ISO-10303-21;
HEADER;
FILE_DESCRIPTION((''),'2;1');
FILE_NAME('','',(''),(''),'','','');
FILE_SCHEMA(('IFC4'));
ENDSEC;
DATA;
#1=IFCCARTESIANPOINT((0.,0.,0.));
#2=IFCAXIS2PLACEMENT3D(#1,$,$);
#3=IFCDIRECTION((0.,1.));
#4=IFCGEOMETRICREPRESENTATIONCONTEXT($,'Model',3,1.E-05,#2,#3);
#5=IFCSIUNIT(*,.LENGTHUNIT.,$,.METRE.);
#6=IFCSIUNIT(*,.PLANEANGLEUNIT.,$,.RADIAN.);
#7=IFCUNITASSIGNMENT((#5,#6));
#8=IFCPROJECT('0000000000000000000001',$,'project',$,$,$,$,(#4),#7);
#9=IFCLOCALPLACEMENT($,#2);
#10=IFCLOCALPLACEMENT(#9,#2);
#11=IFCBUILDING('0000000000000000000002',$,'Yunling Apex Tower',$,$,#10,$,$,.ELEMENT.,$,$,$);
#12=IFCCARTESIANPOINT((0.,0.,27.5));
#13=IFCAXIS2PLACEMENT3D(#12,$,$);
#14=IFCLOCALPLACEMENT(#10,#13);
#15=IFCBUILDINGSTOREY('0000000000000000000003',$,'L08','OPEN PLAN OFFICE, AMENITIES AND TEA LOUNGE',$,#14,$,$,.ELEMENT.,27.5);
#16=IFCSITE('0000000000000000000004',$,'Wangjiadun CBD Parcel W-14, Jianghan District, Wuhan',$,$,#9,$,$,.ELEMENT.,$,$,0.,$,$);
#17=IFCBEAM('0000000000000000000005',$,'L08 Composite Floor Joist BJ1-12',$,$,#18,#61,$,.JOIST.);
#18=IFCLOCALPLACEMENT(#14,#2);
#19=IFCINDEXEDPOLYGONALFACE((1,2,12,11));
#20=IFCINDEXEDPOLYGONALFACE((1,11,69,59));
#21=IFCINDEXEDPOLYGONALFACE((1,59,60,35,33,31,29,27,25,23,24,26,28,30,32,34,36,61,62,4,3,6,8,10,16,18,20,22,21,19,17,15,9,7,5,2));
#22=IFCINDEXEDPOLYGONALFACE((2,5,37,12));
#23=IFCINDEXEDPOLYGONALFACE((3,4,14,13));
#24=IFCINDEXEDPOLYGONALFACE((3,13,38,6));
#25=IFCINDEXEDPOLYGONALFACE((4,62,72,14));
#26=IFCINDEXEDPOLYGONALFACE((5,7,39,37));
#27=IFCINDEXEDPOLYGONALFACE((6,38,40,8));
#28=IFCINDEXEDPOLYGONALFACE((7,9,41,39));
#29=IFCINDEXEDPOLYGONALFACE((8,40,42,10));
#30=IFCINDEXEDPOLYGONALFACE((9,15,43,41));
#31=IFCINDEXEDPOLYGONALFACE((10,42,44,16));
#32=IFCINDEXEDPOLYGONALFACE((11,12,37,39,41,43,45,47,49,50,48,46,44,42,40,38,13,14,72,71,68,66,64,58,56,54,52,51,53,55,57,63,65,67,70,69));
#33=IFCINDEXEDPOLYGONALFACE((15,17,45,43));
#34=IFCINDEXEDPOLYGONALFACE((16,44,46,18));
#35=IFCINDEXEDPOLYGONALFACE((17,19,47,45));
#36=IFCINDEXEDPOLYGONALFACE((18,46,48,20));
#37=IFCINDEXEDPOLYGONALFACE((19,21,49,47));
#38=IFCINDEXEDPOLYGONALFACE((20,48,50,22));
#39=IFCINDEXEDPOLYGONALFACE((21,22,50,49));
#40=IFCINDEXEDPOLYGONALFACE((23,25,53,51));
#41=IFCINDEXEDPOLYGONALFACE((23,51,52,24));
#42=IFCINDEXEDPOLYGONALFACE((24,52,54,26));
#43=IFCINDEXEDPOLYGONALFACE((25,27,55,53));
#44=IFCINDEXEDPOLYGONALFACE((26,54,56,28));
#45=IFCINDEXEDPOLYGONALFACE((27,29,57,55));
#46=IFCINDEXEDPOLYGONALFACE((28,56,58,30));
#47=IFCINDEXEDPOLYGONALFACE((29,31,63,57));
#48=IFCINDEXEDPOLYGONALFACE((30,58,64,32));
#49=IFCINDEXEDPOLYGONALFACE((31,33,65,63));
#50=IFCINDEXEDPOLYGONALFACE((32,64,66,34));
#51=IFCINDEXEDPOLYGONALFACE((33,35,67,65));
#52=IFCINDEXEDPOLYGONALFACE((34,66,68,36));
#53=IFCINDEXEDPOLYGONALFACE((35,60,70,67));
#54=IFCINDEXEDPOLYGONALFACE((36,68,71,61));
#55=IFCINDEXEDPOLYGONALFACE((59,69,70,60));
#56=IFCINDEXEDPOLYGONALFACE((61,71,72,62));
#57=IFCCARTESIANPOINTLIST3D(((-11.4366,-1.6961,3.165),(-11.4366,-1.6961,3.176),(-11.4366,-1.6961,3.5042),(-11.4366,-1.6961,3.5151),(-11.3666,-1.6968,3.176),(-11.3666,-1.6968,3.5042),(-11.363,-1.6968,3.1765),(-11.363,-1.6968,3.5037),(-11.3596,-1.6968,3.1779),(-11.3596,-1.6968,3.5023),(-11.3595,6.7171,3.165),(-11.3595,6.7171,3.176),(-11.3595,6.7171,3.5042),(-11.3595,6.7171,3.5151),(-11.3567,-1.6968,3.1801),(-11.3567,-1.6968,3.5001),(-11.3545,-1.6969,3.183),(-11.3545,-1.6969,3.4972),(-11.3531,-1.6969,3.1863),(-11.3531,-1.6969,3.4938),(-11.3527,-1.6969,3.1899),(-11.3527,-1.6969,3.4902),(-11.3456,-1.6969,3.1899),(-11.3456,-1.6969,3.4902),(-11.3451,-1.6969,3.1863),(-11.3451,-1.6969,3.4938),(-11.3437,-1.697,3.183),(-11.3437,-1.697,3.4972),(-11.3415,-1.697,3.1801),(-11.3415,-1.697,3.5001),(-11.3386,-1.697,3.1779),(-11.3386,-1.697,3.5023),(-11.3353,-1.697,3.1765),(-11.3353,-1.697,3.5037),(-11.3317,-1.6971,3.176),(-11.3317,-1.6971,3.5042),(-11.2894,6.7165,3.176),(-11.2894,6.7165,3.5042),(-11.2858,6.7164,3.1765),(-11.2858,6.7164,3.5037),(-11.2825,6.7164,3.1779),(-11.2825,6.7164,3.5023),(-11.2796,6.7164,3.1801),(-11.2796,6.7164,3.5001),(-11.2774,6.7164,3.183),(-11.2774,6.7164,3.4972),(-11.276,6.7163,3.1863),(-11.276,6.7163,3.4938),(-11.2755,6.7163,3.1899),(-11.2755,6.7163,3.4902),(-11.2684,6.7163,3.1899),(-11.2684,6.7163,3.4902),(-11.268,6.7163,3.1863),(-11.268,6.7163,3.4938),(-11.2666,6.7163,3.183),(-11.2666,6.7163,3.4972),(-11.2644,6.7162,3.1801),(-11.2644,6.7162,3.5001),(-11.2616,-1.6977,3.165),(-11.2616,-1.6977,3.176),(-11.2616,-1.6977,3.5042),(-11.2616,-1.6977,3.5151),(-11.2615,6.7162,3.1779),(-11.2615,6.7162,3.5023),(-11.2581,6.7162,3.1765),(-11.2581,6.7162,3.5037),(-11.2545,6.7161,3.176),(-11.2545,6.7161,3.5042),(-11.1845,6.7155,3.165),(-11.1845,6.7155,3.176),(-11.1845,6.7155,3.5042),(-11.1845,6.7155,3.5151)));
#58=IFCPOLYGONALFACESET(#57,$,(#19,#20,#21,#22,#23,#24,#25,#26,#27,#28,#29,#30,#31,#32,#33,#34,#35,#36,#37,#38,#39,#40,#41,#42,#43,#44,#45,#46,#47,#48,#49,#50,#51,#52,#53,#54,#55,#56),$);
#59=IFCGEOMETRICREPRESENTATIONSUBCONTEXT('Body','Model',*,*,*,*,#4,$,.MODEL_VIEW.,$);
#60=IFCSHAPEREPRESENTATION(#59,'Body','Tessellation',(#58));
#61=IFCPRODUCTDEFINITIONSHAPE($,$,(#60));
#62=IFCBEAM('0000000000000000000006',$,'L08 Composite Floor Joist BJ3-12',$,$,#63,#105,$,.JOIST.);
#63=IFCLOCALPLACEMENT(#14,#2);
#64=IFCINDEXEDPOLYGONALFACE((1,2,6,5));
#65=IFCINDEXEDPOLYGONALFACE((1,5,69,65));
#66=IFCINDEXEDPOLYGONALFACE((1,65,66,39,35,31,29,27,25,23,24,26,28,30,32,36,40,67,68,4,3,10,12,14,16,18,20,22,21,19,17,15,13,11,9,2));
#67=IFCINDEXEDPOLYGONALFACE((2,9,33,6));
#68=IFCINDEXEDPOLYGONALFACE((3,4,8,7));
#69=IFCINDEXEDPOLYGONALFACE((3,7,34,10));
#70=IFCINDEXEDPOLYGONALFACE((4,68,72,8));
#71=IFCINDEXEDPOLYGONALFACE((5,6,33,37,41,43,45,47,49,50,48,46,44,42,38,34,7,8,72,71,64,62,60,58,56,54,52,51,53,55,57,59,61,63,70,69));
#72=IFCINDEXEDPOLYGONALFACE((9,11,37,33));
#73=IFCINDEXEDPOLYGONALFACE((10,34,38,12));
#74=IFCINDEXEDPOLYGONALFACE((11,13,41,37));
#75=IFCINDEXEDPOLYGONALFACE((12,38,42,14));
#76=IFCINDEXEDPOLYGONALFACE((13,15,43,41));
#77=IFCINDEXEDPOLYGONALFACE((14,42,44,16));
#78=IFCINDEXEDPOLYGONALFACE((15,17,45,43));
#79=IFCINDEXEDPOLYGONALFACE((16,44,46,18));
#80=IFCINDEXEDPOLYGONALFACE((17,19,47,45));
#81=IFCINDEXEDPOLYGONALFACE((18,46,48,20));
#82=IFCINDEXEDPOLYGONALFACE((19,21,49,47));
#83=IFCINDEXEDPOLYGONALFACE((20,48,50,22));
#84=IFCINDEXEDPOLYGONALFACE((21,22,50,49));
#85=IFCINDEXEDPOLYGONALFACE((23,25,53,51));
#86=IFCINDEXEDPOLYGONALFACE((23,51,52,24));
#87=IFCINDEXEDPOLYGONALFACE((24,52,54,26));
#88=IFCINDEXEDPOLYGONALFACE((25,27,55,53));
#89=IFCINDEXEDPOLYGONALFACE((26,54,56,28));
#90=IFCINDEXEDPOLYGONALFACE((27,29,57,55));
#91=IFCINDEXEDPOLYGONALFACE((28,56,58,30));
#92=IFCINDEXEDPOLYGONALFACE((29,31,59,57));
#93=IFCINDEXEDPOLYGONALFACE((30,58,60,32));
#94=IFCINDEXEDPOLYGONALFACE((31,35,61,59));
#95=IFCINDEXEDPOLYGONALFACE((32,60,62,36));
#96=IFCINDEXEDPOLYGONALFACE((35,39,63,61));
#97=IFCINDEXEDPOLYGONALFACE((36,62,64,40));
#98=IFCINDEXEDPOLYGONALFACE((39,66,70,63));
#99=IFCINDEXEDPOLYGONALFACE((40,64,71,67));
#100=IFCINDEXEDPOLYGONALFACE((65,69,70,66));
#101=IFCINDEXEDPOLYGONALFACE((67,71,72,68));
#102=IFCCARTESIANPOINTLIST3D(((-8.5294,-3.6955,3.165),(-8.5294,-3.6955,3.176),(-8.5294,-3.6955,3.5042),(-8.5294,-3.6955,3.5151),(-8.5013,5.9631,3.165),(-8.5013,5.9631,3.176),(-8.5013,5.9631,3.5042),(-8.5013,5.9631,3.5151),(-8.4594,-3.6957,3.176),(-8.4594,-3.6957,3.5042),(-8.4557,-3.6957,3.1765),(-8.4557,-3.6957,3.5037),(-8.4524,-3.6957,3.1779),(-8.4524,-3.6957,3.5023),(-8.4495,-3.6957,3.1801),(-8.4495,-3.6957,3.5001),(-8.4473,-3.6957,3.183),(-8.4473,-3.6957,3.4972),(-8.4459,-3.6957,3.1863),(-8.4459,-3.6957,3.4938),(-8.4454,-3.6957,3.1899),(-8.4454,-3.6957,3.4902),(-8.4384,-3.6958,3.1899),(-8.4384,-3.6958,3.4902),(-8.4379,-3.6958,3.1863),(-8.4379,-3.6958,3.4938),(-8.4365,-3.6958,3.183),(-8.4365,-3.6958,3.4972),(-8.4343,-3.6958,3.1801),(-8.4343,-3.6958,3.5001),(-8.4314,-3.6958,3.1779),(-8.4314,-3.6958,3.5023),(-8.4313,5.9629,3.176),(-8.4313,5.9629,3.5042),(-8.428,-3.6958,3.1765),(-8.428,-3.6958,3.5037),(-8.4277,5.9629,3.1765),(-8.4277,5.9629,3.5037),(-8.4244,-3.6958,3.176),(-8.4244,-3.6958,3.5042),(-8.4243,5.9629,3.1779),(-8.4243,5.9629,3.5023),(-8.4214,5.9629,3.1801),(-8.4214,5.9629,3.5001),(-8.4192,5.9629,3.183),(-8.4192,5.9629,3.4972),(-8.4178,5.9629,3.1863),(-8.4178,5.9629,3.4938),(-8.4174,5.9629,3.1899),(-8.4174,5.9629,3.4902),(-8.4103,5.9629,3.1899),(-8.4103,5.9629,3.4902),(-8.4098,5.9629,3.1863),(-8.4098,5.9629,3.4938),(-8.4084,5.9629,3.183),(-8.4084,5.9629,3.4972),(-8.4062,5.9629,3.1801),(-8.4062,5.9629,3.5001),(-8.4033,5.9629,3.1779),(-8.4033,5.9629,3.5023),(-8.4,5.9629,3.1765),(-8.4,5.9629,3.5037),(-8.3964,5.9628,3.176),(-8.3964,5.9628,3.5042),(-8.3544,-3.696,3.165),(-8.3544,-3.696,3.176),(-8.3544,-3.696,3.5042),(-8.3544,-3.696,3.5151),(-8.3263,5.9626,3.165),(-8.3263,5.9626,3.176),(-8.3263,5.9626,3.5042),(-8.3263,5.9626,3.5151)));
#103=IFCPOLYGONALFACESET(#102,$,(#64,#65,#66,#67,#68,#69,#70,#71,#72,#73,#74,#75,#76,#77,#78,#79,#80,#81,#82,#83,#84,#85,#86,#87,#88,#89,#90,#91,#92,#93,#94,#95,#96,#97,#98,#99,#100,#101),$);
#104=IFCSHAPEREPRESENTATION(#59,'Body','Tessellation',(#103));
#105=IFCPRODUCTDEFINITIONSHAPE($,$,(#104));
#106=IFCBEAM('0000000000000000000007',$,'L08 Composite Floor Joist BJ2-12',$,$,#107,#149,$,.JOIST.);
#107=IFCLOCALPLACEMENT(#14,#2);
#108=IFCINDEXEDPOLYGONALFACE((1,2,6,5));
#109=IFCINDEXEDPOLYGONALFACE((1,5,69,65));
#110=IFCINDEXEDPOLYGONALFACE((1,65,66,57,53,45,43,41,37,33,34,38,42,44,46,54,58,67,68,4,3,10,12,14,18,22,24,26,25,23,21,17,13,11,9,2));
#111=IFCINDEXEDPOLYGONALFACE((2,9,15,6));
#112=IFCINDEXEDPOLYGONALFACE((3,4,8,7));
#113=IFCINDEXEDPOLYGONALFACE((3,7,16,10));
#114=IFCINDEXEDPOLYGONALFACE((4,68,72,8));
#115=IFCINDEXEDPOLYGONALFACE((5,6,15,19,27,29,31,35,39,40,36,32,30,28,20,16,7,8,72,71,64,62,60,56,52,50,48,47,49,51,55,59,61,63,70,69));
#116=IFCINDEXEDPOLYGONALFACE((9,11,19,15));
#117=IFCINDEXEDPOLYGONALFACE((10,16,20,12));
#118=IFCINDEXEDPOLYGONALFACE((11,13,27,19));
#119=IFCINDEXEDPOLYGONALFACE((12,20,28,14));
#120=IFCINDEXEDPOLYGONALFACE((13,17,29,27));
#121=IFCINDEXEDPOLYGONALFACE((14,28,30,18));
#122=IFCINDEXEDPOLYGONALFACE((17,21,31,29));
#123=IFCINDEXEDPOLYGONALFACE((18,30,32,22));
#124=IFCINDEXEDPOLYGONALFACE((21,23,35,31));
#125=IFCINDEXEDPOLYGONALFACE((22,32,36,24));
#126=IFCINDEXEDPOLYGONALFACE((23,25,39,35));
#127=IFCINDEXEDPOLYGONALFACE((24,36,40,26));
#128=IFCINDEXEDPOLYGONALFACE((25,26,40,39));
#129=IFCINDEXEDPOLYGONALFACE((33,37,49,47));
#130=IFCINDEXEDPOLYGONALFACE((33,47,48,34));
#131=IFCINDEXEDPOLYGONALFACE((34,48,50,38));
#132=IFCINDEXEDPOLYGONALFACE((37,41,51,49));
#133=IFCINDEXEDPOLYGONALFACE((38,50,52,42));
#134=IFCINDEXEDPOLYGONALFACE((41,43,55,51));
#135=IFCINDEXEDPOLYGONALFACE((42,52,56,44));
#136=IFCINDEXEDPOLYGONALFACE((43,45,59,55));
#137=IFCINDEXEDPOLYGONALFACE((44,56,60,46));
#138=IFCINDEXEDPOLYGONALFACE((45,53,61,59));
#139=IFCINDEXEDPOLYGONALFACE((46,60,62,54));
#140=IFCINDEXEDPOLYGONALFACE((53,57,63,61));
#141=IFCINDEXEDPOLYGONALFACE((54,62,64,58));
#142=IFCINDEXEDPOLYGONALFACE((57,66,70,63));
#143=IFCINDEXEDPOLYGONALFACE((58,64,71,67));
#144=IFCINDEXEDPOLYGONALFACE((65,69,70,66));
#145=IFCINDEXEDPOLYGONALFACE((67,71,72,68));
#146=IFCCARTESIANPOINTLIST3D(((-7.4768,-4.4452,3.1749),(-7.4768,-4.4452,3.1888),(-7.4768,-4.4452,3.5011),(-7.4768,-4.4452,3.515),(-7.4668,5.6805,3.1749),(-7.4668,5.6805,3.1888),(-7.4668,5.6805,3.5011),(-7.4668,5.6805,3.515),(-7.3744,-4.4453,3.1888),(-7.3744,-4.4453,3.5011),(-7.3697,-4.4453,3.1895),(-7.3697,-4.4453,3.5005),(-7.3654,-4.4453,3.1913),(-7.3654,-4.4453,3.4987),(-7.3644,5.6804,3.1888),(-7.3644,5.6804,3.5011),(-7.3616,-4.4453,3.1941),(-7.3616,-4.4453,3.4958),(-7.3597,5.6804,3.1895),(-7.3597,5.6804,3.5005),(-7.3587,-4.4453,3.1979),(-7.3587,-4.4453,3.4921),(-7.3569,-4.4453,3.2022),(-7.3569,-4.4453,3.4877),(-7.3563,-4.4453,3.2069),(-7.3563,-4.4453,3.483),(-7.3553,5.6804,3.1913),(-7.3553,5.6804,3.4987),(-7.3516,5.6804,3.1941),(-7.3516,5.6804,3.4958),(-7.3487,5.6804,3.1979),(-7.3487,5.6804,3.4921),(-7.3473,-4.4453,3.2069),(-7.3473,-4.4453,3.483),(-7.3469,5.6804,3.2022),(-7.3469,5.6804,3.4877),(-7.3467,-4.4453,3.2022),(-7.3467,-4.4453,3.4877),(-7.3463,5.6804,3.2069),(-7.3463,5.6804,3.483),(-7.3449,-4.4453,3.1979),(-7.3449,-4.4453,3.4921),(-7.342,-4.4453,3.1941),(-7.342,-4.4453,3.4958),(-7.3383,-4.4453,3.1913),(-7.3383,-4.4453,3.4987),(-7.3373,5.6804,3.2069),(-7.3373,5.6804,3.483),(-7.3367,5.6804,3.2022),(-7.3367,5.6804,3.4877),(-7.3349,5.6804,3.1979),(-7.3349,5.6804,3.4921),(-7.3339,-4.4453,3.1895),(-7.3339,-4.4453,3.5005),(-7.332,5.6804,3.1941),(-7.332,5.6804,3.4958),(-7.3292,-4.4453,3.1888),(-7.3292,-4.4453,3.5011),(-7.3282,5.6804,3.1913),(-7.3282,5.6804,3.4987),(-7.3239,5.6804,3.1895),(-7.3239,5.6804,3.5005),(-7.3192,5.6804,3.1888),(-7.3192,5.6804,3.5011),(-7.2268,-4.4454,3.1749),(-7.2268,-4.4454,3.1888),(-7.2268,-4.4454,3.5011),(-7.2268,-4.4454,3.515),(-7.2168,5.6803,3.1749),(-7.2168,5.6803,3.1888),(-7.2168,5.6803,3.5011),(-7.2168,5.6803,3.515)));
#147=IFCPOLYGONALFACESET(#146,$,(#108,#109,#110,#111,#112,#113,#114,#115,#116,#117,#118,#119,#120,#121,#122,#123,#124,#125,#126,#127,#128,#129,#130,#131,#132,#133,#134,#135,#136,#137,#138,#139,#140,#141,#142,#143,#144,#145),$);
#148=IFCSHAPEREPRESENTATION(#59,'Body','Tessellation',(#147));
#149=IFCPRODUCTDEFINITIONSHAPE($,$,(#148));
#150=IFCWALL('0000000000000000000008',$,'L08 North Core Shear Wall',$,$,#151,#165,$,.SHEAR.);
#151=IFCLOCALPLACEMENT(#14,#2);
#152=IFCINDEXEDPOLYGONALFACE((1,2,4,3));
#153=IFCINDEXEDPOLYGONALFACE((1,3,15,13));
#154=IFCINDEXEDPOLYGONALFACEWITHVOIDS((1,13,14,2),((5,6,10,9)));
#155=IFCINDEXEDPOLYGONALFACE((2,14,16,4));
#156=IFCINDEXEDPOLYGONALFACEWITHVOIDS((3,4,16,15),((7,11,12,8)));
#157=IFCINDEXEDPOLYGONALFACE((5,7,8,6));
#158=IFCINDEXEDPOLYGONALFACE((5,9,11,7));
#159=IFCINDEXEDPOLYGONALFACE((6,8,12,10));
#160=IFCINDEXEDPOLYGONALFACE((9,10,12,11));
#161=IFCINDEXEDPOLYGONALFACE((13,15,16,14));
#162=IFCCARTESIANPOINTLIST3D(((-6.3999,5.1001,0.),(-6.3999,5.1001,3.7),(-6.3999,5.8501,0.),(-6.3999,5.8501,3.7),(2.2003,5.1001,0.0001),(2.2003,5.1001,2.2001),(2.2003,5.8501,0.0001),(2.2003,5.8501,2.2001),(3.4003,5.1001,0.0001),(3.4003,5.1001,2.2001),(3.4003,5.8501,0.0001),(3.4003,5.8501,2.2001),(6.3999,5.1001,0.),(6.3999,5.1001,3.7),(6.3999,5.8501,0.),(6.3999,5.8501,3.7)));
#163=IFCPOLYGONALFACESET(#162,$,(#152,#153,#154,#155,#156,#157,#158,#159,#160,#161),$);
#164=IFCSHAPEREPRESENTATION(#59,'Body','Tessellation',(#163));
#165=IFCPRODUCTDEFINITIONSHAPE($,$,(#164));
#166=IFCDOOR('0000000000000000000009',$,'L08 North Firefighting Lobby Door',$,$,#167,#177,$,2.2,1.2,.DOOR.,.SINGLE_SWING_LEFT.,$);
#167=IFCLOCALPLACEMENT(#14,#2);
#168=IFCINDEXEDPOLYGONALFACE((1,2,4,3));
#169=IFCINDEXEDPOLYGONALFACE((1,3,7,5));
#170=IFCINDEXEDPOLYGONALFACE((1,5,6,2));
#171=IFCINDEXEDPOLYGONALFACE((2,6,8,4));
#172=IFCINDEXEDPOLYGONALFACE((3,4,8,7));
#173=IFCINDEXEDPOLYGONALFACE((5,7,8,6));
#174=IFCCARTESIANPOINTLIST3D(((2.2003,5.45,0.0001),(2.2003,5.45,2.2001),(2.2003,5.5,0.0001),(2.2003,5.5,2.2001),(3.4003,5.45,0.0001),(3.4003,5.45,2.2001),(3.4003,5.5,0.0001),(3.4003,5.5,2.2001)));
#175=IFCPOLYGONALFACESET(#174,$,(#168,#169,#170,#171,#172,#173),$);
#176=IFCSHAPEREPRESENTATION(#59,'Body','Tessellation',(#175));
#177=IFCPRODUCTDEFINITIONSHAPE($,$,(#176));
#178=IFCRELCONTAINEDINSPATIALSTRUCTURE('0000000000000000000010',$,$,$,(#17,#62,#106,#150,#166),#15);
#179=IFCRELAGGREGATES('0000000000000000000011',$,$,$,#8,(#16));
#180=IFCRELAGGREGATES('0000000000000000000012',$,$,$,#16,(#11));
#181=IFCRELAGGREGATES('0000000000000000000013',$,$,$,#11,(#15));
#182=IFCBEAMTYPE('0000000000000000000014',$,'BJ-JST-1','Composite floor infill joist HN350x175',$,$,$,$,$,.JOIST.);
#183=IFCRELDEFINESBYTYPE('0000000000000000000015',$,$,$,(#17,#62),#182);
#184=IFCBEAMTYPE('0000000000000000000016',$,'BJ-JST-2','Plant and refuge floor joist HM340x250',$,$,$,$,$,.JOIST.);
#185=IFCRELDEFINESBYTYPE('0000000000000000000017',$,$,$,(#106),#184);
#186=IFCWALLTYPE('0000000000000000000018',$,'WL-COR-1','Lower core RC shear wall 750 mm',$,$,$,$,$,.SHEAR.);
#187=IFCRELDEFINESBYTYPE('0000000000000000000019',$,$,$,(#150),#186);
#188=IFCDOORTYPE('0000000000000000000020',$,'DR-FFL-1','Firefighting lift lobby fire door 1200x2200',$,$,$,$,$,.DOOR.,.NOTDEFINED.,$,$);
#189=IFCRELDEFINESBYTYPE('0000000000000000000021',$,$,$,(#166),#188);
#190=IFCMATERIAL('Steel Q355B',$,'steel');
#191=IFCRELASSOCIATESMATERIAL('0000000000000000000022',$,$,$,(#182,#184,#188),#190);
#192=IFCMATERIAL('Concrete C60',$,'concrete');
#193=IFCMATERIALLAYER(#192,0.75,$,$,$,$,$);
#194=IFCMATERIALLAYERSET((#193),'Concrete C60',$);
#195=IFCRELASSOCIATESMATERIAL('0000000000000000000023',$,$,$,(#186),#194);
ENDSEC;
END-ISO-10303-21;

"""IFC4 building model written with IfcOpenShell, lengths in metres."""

from ifc_helpers import new_model, si_unit, direction, frame, frame_2d, origin, origin_2d, place, context, subcontext, project, spatial, rectangle, i_section, extrude, source, transform, mapped, material, layer, layer_set, material_profile, profile_set, type_object, element, fill, save


model = new_model("IFC4")

# Units and contexts
model_context = context("Model", 3, precision=1e-05, world=origin(), true_north=direction((0.0, 1.0)))
body_context = subcontext(model_context, "Body", "Model", "MODEL_VIEW")
ifc_project = project(units=[si_unit("LENGTHUNIT", "METRE"), si_unit("PLANEANGLEUNIT", "RADIAN")], contexts=[model_context])

# Site, building, storey
site_placement = place(None, origin())
site = spatial("IfcSite", under=ifc_project, at=site_placement, Name="Wangjiadun CBD Parcel W-14, Jianghan District, Wuhan", CompositionType="ELEMENT", RefElevation=0.0)
building_placement = place(site_placement, origin())
building = spatial("IfcBuilding", under=site, at=building_placement, Name="Yunling Apex Tower", CompositionType="ELEMENT")
storey_placement = place(building_placement, frame((0.0, 0.0, 27.5)))
storey = spatial("IfcBuildingStorey", under=building, at=storey_placement, Name="L08", Description="OPEN PLAN OFFICE, AMENITIES AND TEA LOUNGE", CompositionType="ELEMENT", Elevation=27.5)

# Shared definitions
ifc_material_1 = material(Name="Concrete C60", Category="concrete")

# Beams
ifc_material_2 = material(Name="Steel Q355B", Category="steel")
ifc_material_profile_1 = material_profile(ifc_material_2, i_section(OverallWidth=0.175, OverallDepth=0.3501, WebThickness=0.0071, FlangeThickness=0.011, FilletRadius=0.0139, at=origin_2d()))
ifc_profile_set_1 = profile_set([ifc_material_profile_1], Name="Steel Q355B")
beam_type_1 = type_object("IfcBeamType", Name="BJ-JST-1", Description="Composite floor infill joist HN350x175", PredefinedType="JOIST", material=ifc_profile_set_1)
shared_shape_1 = source(origin(), body_context, "Body", "SweptSolid", [
    extrude(i_section(OverallWidth=0.175, OverallDepth=0.3501, WebThickness=0.0071, FlangeThickness=0.011, FilletRadius=0.0139, at=origin_2d()), origin(), (0.0, 0.0, 1.0), 8.4136),
])
beam_1_placement = place(storey_placement, frame((-11.272, 6.7163, 3.3401), z_axis=(-0.009169, -0.999958, 0.0), x_axis=(0.999958, -0.009169, 0.0)))
element("IfcBeam", 1, at=beam_1_placement, inside=storey, type_object=beam_type_1, Name="L08 Composite Floor Joist BJ1-12", PredefinedType="JOIST", context=body_context, shape_type="MappedRepresentation", body=[
    mapped(shared_shape_1, transform((0.0, 0.0, 0.0), scale=1.0)),
])
shared_shape_2 = source(origin(), body_context, "Body", "SweptSolid", [
    extrude(i_section(OverallWidth=0.175, OverallDepth=0.3501, WebThickness=0.0071, FlangeThickness=0.011, FilletRadius=0.0139, at=origin_2d()), origin(), (0.0, 0.0, 1.0), 9.6587),
])
beam_2_placement = place(storey_placement, frame((-8.4138, 5.9629, 3.3401), z_axis=(-0.002907, -0.999996, 0.0), x_axis=(0.999996, -0.002907, 0.0)))
element("IfcBeam", 2, at=beam_2_placement, inside=storey, type_object=beam_type_1, Name="L08 Composite Floor Joist BJ3-12", PredefinedType="JOIST", context=body_context, shape_type="MappedRepresentation", body=[
    mapped(shared_shape_2, transform((0.0, 0.0, 0.0), scale=1.0)),
])
ifc_material_profile_2 = material_profile(ifc_material_2, i_section(OverallWidth=0.25, OverallDepth=0.3401, WebThickness=0.009, FlangeThickness=0.0139, FilletRadius=0.0181, at=origin_2d()))
ifc_profile_set_2 = profile_set([ifc_material_profile_2], Name="Steel Q355B")
beam_type_2 = type_object("IfcBeamType", Name="BJ-JST-2", Description="Plant and refuge floor joist HM340x250", PredefinedType="JOIST", material=ifc_profile_set_2)
shared_shape_3 = source(origin(), body_context, "Body", "SweptSolid", [
    extrude(i_section(OverallWidth=0.25, OverallDepth=0.3401, WebThickness=0.009, FlangeThickness=0.0139, FilletRadius=0.0181, at=origin_2d()), origin(), (0.0, 0.0, 1.0), 10.1257),
])
beam_3_placement = place(storey_placement, frame((-7.3418, 5.6804, 3.345), z_axis=(-0.000989, -1.0, 0.0), x_axis=(1.0, -0.000989, 0.0)))
element("IfcBeam", 3, at=beam_3_placement, inside=storey, type_object=beam_type_2, Name="L08 Composite Floor Joist BJ2-12", PredefinedType="JOIST", context=body_context, shape_type="MappedRepresentation", body=[
    mapped(shared_shape_3, transform((0.0, 0.0, 0.0), scale=1.0)),
])

# Wall, opening, door
ifc_layer_1 = layer(ifc_material_1, 0.75)
ifc_layer_set_1 = layer_set([ifc_layer_1], Name="Concrete C60")
wall_type_1 = type_object("IfcWallType", Name="WL-COR-1", Description="Lower core RC shear wall 750 mm", PredefinedType="SHEAR", material=ifc_layer_set_1)
wall_1_placement = place(storey_placement, frame((-6.3999, 5.4751, 0.0), z_axis=(0.0, 0.0, 1.0), x_axis=(1.0, 0.0, 0.0)))
wall_1 = element("IfcWall", 4, at=wall_1_placement, inside=storey, type_object=wall_type_1, Name="L08 North Core Shear Wall", PredefinedType="SHEAR", context=body_context, shape_type="SweptSolid", body=[
    extrude(rectangle(XDim=12.7998, YDim=0.75, at=frame_2d((6.3999, 0.0))), origin(), (0.0, 0.0, 1.0), 3.7),
])
opening_1_placement = place(wall_1_placement, frame((8.6001, 0.0, 0.0)))
opening_1 = element("IfcOpeningElement", 5, at=opening_1_placement, cuts=wall_1, PredefinedType="OPENING", context=body_context, shape_type="SweptSolid", body=[
    extrude(rectangle(XDim=1.2, YDim=2.2, at=frame_2d((0.6001, 1.1001))), frame((0.0, 0.385, 0.0), z_axis=(0.0, -1.0, 0.0), x_axis=(1.0, 0.0, 0.0)), (0.0, 0.0, 1.0), 0.77),
])
door_type_1 = type_object("IfcDoorType", Name="DR-FFL-1", Description="Firefighting lift lobby fire door 1200x2200", OperationType="NOTDEFINED", PredefinedType="DOOR", material=ifc_material_2)
door_1_placement = place(opening_1_placement, origin())
door_1 = element("IfcDoor", 6, at=door_1_placement, inside=storey, type_object=door_type_1, Name="L08 North Firefighting Lobby Door", OperationType="SINGLE_SWING_LEFT", OverallHeight=2.2, OverallWidth=1.2, PredefinedType="DOOR", context=body_context, shape_type="SweptSolid", body=[
    extrude(rectangle(XDim=1.2, YDim=2.2, at=frame_2d((0.6001, 1.1001))), frame((0.0, 0.0249, 0.0), z_axis=(0.0, -1.0, 0.0), x_axis=(1.0, 0.0, 0.0)), (0.0, 0.0, 1.0), 0.05),
])
fill(opening_1, door_1)

save(model, "model.ifc")
